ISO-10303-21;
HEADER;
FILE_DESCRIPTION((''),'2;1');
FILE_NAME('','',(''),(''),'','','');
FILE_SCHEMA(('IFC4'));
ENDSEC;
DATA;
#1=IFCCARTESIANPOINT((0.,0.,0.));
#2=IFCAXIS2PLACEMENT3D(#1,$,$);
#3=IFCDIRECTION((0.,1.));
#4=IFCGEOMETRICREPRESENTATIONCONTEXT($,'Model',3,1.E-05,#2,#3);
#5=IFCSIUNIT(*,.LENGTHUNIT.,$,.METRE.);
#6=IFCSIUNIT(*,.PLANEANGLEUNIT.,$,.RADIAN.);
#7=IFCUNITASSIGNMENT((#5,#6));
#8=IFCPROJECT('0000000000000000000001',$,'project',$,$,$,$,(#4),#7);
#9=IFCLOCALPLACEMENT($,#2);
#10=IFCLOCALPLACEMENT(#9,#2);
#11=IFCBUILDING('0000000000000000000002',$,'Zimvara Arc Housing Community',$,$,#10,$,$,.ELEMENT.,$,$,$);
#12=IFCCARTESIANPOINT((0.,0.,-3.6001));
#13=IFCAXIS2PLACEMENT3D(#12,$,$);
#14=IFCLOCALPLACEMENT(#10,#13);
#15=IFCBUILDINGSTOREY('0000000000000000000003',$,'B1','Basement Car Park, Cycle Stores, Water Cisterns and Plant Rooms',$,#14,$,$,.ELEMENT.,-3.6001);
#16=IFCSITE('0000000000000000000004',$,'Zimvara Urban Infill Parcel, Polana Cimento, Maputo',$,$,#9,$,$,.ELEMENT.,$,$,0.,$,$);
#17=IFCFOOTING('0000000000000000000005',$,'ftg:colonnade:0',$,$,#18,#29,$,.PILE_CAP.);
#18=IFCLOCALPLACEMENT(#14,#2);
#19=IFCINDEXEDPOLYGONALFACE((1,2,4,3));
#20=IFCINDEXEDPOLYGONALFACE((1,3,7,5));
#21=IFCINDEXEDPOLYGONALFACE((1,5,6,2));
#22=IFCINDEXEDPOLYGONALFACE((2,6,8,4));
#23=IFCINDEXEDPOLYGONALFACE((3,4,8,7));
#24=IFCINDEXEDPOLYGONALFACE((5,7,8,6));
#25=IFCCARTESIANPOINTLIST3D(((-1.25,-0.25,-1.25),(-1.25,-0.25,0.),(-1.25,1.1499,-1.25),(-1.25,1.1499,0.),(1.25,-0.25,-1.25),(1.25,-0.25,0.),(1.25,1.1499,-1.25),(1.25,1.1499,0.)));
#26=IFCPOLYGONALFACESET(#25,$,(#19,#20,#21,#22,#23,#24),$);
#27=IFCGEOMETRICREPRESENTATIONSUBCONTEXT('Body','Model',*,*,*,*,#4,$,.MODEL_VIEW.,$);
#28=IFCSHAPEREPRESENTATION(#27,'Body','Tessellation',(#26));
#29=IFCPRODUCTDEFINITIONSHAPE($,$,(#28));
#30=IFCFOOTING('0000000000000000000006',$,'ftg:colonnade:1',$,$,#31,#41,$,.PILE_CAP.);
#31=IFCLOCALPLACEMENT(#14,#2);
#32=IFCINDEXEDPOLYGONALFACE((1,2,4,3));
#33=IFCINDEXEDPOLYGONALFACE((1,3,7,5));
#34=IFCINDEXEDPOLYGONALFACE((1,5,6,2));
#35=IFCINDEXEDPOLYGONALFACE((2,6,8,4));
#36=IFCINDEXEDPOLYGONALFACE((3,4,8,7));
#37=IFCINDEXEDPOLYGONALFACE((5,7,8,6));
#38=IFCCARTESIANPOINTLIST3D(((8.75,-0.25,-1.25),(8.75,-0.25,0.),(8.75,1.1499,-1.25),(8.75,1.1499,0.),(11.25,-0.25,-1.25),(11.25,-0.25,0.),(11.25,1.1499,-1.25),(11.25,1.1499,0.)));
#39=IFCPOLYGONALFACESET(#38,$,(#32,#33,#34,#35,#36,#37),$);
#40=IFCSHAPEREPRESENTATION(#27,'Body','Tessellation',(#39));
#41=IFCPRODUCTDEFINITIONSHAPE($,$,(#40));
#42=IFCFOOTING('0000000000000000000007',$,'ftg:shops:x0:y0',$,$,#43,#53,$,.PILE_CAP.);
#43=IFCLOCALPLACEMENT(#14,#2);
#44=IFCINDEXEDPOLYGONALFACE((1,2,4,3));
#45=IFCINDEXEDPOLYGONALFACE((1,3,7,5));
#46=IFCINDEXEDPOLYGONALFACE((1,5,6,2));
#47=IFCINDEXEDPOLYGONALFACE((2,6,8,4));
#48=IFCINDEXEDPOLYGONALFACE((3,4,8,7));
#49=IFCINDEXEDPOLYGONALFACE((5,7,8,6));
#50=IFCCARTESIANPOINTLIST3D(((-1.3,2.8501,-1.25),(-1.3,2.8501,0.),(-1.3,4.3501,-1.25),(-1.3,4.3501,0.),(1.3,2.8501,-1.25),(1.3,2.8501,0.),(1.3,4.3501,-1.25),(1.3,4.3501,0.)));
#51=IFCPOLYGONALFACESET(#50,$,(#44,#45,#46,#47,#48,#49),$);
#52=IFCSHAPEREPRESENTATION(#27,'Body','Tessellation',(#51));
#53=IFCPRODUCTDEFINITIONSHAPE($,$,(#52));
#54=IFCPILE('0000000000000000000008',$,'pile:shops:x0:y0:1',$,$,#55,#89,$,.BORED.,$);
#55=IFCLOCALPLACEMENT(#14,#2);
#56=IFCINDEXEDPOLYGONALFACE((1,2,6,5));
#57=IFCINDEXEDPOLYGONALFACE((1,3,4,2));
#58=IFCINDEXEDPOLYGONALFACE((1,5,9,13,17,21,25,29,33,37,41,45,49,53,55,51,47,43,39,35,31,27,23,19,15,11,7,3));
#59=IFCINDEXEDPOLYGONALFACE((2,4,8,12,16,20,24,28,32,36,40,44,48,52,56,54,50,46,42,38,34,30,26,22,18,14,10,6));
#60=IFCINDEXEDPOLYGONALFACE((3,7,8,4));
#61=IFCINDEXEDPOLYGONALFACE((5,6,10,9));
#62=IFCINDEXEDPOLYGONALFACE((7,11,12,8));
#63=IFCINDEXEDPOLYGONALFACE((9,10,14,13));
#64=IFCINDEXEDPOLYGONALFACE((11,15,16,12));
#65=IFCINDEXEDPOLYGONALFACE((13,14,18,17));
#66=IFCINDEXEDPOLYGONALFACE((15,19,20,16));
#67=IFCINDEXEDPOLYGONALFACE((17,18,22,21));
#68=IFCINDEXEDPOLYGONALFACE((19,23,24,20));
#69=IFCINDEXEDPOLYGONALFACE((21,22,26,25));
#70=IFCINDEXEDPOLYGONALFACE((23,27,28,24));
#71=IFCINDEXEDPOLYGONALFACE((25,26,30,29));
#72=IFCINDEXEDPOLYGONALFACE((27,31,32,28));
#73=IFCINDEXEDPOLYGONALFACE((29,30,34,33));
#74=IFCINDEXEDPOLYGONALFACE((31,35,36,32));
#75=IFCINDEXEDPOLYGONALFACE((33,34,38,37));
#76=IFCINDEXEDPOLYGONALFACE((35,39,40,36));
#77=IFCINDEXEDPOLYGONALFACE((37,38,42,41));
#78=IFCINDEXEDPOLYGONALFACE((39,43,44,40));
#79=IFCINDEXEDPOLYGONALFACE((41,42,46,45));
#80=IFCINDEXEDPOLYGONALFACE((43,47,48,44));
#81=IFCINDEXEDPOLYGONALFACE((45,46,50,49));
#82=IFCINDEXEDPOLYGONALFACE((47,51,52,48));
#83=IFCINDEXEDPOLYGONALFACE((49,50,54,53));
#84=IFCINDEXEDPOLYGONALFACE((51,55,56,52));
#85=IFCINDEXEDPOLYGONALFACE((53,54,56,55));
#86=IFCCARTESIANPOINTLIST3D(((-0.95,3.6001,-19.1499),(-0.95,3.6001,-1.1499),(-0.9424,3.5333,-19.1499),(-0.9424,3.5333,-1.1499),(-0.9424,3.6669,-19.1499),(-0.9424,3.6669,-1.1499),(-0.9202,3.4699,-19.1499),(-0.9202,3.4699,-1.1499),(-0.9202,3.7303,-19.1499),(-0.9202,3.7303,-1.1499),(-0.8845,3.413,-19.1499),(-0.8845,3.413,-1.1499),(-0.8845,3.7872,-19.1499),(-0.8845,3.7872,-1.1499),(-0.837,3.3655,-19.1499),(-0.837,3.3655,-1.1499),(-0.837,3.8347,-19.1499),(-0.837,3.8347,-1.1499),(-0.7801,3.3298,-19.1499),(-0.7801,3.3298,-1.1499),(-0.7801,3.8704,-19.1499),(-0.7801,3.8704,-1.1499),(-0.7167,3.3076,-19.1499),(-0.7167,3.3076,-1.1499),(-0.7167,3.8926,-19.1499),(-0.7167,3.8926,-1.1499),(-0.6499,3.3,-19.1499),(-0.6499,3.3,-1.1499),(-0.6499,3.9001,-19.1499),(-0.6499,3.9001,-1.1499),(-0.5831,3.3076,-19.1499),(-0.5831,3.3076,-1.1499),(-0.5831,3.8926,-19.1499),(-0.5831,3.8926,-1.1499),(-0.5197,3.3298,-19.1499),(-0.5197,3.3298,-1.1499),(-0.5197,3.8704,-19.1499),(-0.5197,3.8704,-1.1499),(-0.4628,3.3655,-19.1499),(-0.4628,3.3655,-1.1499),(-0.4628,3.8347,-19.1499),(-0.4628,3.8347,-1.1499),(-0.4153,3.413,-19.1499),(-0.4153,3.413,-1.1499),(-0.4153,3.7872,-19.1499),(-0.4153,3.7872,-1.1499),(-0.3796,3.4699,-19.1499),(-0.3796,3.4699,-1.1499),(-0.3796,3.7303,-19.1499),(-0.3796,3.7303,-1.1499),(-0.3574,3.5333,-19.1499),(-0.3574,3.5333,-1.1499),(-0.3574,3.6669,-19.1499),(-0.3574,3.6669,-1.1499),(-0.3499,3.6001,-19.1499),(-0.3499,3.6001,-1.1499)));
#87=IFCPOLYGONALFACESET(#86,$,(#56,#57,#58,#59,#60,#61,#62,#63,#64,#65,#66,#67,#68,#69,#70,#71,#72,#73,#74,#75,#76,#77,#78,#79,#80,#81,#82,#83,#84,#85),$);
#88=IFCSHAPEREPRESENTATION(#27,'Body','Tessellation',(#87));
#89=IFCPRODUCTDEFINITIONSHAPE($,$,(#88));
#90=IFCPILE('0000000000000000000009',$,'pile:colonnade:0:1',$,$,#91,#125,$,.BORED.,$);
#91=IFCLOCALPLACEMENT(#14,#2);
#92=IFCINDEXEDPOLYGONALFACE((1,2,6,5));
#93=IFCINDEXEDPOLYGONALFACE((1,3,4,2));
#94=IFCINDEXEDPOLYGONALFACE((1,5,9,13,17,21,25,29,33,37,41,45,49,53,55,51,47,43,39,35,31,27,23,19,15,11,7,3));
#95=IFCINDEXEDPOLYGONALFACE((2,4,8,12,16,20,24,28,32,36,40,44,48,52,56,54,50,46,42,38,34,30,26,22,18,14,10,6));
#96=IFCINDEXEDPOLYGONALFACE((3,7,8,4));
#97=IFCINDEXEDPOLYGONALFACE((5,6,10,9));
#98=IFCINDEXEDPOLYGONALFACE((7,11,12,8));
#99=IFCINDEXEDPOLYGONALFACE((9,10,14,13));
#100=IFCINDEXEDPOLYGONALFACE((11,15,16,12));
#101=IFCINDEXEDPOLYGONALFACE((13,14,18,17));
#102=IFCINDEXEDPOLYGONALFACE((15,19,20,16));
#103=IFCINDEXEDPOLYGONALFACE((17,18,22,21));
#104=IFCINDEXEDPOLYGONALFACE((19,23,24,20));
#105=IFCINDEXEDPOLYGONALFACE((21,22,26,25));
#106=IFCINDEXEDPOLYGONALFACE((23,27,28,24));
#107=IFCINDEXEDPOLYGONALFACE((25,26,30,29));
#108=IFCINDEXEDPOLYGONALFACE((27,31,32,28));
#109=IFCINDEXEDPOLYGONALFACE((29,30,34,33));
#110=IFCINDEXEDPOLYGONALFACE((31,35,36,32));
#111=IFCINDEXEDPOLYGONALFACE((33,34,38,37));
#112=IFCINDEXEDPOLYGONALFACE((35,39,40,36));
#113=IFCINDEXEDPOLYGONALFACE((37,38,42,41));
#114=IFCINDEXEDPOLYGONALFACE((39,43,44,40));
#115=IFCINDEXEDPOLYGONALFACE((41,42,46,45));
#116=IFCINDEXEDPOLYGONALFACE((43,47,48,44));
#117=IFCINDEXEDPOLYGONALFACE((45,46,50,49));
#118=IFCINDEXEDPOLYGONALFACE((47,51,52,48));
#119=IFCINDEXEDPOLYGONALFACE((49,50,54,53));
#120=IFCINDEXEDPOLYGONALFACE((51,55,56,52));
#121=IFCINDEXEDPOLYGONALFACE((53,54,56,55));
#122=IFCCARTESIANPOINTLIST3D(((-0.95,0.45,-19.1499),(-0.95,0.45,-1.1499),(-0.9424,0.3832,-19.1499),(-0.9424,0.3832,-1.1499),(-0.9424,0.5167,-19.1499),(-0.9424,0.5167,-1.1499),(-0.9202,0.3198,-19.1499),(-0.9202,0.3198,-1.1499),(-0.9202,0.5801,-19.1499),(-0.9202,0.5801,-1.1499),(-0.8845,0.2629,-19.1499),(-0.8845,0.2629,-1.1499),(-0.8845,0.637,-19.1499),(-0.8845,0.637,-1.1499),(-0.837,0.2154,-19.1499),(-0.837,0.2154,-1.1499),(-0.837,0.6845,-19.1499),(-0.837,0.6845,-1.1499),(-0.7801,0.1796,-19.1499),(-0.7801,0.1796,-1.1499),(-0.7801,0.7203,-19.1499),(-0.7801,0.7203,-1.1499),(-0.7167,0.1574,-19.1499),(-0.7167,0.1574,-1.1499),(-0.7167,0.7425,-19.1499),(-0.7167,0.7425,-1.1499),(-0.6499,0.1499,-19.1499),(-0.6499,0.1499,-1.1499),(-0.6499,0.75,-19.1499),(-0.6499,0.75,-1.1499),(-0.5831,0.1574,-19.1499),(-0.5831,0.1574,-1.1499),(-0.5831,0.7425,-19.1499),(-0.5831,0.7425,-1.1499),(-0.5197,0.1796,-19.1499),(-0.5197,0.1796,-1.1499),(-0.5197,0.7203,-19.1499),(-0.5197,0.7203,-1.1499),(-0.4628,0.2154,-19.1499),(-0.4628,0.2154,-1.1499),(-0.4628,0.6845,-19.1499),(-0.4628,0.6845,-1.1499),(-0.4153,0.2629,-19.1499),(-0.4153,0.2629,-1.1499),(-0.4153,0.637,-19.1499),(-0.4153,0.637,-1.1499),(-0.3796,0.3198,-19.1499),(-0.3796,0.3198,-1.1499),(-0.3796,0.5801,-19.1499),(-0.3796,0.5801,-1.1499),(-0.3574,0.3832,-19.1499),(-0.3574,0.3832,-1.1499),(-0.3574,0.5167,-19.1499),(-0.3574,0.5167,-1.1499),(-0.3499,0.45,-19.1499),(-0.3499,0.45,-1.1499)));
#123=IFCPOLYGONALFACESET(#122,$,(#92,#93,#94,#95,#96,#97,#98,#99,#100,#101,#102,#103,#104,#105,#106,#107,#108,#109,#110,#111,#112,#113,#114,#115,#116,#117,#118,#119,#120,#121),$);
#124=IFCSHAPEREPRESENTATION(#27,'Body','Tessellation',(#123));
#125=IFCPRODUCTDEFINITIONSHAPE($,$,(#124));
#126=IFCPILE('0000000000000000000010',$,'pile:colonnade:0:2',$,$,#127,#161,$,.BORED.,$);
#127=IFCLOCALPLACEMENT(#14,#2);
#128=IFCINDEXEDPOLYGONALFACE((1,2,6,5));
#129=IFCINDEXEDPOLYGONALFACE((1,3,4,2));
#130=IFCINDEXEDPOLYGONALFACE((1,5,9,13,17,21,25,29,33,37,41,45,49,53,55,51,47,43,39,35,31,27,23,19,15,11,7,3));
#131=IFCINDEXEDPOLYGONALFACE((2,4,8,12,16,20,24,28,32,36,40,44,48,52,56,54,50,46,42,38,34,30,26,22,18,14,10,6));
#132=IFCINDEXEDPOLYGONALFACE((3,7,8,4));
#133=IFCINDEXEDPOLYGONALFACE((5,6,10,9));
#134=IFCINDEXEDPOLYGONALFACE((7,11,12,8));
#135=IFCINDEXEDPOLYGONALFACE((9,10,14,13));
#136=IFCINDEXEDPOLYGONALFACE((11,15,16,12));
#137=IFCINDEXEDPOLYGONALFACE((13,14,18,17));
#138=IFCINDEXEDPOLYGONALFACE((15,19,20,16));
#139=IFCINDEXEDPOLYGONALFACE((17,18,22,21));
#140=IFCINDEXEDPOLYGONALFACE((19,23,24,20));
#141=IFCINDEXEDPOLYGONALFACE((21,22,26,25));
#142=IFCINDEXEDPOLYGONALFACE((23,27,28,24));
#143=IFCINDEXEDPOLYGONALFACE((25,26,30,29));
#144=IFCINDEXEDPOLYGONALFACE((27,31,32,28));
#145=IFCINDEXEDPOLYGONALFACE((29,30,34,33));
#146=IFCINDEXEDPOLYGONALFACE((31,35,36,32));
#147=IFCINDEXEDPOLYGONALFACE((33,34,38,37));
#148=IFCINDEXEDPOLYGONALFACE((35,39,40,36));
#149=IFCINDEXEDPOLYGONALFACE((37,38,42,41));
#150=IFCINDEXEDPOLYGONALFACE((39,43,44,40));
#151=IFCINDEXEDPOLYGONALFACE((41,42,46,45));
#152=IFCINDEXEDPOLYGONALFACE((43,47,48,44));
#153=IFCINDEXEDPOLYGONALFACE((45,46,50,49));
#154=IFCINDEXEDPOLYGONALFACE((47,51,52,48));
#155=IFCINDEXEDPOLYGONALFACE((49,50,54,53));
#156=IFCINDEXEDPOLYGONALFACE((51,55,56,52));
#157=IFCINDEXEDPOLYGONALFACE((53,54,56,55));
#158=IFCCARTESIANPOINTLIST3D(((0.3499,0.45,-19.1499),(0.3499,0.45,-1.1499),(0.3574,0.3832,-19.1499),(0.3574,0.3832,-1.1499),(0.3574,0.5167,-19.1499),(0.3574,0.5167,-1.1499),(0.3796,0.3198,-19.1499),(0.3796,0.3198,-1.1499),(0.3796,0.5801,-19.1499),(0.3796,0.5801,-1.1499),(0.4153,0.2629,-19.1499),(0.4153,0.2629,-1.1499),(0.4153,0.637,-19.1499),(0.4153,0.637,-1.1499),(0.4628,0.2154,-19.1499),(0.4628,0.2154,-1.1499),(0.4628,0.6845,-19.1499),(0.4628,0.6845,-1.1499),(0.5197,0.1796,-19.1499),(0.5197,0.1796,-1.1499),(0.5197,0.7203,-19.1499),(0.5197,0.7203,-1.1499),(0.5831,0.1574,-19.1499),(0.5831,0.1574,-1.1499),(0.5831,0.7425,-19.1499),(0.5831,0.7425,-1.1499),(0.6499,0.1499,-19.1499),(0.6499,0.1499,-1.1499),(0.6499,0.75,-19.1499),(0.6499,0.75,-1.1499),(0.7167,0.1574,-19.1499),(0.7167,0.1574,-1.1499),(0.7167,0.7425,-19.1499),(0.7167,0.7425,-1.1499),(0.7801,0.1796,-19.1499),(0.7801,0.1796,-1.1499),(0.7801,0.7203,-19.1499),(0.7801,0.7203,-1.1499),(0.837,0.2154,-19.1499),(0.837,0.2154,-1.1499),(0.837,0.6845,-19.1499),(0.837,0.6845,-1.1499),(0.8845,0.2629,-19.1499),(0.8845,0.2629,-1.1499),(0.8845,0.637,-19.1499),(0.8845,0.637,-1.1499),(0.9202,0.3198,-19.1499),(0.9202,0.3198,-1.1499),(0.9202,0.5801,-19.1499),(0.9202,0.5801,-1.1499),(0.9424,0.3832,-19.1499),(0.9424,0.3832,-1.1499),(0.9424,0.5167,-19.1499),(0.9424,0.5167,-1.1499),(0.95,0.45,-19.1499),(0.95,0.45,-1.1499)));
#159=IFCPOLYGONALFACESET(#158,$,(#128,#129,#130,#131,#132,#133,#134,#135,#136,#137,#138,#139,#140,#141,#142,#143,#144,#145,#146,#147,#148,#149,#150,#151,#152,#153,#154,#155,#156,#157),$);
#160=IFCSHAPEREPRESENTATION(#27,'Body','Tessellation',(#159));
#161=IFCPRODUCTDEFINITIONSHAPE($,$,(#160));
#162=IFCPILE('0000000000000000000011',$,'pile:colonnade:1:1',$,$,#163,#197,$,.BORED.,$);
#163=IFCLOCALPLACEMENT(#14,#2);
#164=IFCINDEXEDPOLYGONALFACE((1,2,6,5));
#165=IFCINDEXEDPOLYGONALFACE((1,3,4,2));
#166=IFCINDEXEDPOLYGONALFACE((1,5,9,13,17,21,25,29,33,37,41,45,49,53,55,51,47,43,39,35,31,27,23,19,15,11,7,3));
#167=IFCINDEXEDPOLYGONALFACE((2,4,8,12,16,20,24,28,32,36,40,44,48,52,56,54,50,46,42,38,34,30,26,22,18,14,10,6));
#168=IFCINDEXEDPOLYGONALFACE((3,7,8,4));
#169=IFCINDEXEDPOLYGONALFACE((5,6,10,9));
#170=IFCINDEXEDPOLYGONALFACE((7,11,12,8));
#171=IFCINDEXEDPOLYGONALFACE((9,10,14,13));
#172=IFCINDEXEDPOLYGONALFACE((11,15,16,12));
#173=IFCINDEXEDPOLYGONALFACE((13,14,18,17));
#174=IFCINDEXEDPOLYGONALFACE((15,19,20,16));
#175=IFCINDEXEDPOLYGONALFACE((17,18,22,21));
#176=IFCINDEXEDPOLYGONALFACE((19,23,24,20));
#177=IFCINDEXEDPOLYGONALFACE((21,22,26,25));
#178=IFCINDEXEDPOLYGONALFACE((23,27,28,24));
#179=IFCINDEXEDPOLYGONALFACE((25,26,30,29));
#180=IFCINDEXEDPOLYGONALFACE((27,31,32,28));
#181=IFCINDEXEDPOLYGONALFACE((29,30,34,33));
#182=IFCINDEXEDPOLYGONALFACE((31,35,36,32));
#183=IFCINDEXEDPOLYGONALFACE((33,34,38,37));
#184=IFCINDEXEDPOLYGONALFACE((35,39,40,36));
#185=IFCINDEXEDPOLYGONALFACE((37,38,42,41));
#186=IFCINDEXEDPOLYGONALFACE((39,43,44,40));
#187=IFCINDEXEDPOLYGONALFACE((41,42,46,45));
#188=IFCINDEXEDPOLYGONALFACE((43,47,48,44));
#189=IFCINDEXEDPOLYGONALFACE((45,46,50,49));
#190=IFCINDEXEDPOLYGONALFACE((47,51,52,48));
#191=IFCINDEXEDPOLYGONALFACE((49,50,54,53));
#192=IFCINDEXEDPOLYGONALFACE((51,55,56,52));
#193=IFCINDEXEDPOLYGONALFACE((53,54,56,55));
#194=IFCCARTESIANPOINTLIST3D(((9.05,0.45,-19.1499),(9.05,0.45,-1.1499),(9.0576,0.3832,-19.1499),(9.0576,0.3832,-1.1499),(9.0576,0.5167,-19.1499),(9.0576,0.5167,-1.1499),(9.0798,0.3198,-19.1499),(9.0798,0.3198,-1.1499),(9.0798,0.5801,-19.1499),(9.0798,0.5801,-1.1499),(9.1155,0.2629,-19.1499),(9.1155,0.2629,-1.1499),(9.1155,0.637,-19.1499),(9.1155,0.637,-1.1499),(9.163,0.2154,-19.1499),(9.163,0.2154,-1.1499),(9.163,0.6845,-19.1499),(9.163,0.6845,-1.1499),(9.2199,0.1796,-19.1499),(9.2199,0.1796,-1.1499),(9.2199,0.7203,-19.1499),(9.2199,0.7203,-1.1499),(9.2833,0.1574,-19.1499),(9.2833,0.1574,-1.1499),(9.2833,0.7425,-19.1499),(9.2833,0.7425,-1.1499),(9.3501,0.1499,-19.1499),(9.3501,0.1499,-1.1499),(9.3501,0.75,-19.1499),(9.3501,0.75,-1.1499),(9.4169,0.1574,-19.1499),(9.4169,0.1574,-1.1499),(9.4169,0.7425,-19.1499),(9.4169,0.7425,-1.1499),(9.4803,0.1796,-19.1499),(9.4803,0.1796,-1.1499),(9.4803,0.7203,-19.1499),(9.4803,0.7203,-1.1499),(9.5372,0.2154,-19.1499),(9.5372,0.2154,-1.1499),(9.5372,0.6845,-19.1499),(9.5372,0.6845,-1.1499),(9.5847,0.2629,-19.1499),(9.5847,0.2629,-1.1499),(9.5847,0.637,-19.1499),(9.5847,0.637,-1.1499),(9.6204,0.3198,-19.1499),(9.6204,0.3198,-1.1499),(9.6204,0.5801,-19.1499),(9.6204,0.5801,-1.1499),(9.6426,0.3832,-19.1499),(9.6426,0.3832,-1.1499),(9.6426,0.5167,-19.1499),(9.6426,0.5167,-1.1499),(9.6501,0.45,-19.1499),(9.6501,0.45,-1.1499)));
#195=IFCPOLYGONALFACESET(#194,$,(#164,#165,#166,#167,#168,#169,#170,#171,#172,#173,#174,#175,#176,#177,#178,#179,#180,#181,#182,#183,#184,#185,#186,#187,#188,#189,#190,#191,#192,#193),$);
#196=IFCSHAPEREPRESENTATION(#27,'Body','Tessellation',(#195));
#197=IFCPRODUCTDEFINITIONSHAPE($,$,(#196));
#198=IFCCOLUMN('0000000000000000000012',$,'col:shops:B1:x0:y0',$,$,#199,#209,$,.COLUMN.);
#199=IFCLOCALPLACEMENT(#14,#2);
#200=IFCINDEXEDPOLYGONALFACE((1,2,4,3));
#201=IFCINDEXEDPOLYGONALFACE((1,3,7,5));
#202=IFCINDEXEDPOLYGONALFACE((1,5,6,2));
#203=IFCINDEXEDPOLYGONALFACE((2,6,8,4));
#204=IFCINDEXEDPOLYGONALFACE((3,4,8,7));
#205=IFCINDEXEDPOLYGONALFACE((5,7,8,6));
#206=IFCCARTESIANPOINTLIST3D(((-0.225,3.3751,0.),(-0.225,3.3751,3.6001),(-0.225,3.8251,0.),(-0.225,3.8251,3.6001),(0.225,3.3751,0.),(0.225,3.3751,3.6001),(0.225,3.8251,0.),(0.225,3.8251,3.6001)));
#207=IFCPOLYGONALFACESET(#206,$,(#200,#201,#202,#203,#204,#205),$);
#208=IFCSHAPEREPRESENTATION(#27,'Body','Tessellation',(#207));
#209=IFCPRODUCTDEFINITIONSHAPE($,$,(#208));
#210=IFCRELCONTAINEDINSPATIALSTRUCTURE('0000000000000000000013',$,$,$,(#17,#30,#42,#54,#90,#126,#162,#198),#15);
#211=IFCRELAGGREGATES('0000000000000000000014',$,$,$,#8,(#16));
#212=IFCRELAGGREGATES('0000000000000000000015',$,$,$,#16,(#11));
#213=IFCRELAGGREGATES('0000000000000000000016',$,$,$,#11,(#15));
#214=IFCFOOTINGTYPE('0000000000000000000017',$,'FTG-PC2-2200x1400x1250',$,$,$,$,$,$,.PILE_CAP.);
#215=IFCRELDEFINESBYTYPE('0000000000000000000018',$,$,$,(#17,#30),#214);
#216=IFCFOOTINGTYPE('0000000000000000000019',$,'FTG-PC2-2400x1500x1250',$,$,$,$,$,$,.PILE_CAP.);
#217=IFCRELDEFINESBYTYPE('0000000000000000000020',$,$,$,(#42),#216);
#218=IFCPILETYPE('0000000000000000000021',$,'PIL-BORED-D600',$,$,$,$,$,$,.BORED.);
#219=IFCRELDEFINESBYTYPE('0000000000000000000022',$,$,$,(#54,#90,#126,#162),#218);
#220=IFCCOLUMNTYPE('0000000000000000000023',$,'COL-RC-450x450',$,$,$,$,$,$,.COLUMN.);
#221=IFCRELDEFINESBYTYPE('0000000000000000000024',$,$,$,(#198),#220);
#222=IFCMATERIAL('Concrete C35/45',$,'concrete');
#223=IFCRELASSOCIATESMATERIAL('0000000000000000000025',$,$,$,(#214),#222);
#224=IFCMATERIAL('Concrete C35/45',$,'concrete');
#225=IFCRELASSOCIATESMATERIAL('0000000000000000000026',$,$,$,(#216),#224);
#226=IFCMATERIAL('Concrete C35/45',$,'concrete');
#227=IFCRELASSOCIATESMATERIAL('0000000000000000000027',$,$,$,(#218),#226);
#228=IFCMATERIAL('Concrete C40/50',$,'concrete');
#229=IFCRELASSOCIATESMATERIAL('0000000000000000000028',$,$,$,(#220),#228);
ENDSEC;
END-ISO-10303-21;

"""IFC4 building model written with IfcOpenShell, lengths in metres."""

from ifc_helpers import new_model, si_unit, direction, frame, origin, origin_2d, place, context, subcontext, project, spatial, rectangle, circle, extrude, material, material_profile, profile_set, type_object, element, save


model = new_model("IFC4")

# Units and contexts
model_context = context("Model", 3, precision=1e-05, world=origin(), true_north=direction((0.0, 1.0)))
body_context = subcontext(model_context, "Body", "Model", "MODEL_VIEW")
ifc_project = project(units=[si_unit("LENGTHUNIT", "METRE"), si_unit("PLANEANGLEUNIT", "RADIAN")], contexts=[model_context])

# Site, building, storey
site_placement = place(None, origin())
site = spatial("IfcSite", under=ifc_project, at=site_placement, Name="Zimvara Urban Infill Parcel, Polana Cimento, Maputo", CompositionType="ELEMENT", RefElevation=0.0)
building_placement = place(site_placement, origin())
building = spatial("IfcBuilding", under=site, at=building_placement, Name="Zimvara Arc Housing Community", CompositionType="ELEMENT")
storey_placement = place(building_placement, frame((0.0, 0.0, -3.6001)))
storey = spatial("IfcBuildingStorey", under=building, at=storey_placement, Name="B1", Description="Basement Car Park, Cycle Stores, Water Cisterns and Plant Rooms", CompositionType="ELEMENT", Elevation=-3.6001)

# Footings
ifc_material_1 = material(Name="Concrete C35/45", Category="concrete")
footing_type_1 = type_object("IfcFootingType", Name="FTG-PC2-2200x1400x1250", PredefinedType="PILE_CAP", material=ifc_material_1)
for number, where, z_axis, x_axis, name in (
    (1, (0.0, 0.45, -1.25), (0.0, 0.0, 1.0), (1.0, 0.0, 0.0), "ftg:colonnade:0"),
    (2, (10.0, 0.45, -1.25), (0.0, 0.0, 1.0), (1.0, 0.0, 0.0), "ftg:colonnade:1"),
):
    element("IfcFooting", number, at=place(storey_placement, frame(where, z_axis=z_axis, x_axis=x_axis)), inside=storey, type_object=footing_type_1, Name=name, PredefinedType="PILE_CAP", context=body_context, shape_type="SweptSolid", body=[
        extrude(rectangle(XDim=2.5, YDim=1.3999, at=origin_2d()), origin(), (0.0, 0.0, 1.0), 1.25),
    ])
ifc_material_2 = material(Name="Concrete C35/45", Category="concrete")
footing_type_2 = type_object("IfcFootingType", Name="FTG-PC2-2400x1500x1250", PredefinedType="PILE_CAP", material=ifc_material_2)
footing_placement = place(storey_placement, frame((0.0, 3.6001, -1.25), z_axis=(0.0, 0.0, 1.0), x_axis=(1.0, 0.0, 0.0)))
element("IfcFooting", 3, at=footing_placement, inside=storey, type_object=footing_type_2, Name="ftg:shops:x0:y0", PredefinedType="PILE_CAP", context=body_context, shape_type="SweptSolid", body=[
    extrude(rectangle(XDim=2.6001, YDim=1.5, at=origin_2d()), origin(), (0.0, 0.0, 1.0), 1.25),
])

# Piles
ifc_material_3 = material(Name="Concrete C35/45", Category="concrete")
ifc_material_profile_1 = material_profile(ifc_material_3, circle(Radius=0.3, at=origin_2d()), Name="PILE D600")
ifc_profile_set_1 = profile_set([ifc_material_profile_1], Name="Concrete C35/45")
pile_type = type_object("IfcPileType", Name="PIL-BORED-D600", PredefinedType="BORED", material=ifc_profile_set_1)
for number, where, z_axis, x_axis, name in (
    (4, (-0.6499, 3.6001, -1.1499), (0.0, 0.0, -1.0), (1.0, 0.0, 0.0), "pile:shops:x0:y0:1"),
    (5, (-0.6499, 0.45, -1.1499), (0.0, 0.0, -1.0), (1.0, 0.0, 0.0), "pile:colonnade:0:1"),
    (6, (0.6499, 0.45, -1.1499), (0.0, 0.0, -1.0), (1.0, 0.0, 0.0), "pile:colonnade:0:2"),
    (7, (9.3501, 0.45, -1.1499), (0.0, 0.0, -1.0), (1.0, 0.0, 0.0), "pile:colonnade:1:1"),
):
    element("IfcPile", number, at=place(storey_placement, frame(where, z_axis=z_axis, x_axis=x_axis)), inside=storey, type_object=pile_type, Name=name, PredefinedType="BORED", context=body_context, shape_type="SweptSolid", body=[
        extrude(circle(Radius=0.3, at=origin_2d()), origin(), (0.0, 0.0, 1.0), 18.0),
    ])

# Column
ifc_material_4 = material(Name="Concrete C40/50", Category="concrete")
ifc_material_profile_2 = material_profile(ifc_material_4, rectangle(XDim=0.45, YDim=0.45, at=origin_2d()), Name="RC 450x450")
ifc_profile_set_2 = profile_set([ifc_material_profile_2], Name="Concrete C40/50")
column_type_1 = type_object("IfcColumnType", Name="COL-RC-450x450", PredefinedType="COLUMN", material=ifc_profile_set_2)
column_placement = place(storey_placement, frame((0.0, 3.6001, 0.0), z_axis=(0.0, 0.0, 1.0), x_axis=(1.0, 0.0, 0.0)))
element("IfcColumn", 8, at=column_placement, inside=storey, type_object=column_type_1, Name="col:shops:B1:x0:y0", PredefinedType="COLUMN", context=body_context, shape_type="SweptSolid", body=[
    extrude(rectangle(XDim=0.45, YDim=0.45, at=origin_2d()), origin(), (0.0, 0.0, 1.0), 3.6001),
])

save(model, "model.ifc")
